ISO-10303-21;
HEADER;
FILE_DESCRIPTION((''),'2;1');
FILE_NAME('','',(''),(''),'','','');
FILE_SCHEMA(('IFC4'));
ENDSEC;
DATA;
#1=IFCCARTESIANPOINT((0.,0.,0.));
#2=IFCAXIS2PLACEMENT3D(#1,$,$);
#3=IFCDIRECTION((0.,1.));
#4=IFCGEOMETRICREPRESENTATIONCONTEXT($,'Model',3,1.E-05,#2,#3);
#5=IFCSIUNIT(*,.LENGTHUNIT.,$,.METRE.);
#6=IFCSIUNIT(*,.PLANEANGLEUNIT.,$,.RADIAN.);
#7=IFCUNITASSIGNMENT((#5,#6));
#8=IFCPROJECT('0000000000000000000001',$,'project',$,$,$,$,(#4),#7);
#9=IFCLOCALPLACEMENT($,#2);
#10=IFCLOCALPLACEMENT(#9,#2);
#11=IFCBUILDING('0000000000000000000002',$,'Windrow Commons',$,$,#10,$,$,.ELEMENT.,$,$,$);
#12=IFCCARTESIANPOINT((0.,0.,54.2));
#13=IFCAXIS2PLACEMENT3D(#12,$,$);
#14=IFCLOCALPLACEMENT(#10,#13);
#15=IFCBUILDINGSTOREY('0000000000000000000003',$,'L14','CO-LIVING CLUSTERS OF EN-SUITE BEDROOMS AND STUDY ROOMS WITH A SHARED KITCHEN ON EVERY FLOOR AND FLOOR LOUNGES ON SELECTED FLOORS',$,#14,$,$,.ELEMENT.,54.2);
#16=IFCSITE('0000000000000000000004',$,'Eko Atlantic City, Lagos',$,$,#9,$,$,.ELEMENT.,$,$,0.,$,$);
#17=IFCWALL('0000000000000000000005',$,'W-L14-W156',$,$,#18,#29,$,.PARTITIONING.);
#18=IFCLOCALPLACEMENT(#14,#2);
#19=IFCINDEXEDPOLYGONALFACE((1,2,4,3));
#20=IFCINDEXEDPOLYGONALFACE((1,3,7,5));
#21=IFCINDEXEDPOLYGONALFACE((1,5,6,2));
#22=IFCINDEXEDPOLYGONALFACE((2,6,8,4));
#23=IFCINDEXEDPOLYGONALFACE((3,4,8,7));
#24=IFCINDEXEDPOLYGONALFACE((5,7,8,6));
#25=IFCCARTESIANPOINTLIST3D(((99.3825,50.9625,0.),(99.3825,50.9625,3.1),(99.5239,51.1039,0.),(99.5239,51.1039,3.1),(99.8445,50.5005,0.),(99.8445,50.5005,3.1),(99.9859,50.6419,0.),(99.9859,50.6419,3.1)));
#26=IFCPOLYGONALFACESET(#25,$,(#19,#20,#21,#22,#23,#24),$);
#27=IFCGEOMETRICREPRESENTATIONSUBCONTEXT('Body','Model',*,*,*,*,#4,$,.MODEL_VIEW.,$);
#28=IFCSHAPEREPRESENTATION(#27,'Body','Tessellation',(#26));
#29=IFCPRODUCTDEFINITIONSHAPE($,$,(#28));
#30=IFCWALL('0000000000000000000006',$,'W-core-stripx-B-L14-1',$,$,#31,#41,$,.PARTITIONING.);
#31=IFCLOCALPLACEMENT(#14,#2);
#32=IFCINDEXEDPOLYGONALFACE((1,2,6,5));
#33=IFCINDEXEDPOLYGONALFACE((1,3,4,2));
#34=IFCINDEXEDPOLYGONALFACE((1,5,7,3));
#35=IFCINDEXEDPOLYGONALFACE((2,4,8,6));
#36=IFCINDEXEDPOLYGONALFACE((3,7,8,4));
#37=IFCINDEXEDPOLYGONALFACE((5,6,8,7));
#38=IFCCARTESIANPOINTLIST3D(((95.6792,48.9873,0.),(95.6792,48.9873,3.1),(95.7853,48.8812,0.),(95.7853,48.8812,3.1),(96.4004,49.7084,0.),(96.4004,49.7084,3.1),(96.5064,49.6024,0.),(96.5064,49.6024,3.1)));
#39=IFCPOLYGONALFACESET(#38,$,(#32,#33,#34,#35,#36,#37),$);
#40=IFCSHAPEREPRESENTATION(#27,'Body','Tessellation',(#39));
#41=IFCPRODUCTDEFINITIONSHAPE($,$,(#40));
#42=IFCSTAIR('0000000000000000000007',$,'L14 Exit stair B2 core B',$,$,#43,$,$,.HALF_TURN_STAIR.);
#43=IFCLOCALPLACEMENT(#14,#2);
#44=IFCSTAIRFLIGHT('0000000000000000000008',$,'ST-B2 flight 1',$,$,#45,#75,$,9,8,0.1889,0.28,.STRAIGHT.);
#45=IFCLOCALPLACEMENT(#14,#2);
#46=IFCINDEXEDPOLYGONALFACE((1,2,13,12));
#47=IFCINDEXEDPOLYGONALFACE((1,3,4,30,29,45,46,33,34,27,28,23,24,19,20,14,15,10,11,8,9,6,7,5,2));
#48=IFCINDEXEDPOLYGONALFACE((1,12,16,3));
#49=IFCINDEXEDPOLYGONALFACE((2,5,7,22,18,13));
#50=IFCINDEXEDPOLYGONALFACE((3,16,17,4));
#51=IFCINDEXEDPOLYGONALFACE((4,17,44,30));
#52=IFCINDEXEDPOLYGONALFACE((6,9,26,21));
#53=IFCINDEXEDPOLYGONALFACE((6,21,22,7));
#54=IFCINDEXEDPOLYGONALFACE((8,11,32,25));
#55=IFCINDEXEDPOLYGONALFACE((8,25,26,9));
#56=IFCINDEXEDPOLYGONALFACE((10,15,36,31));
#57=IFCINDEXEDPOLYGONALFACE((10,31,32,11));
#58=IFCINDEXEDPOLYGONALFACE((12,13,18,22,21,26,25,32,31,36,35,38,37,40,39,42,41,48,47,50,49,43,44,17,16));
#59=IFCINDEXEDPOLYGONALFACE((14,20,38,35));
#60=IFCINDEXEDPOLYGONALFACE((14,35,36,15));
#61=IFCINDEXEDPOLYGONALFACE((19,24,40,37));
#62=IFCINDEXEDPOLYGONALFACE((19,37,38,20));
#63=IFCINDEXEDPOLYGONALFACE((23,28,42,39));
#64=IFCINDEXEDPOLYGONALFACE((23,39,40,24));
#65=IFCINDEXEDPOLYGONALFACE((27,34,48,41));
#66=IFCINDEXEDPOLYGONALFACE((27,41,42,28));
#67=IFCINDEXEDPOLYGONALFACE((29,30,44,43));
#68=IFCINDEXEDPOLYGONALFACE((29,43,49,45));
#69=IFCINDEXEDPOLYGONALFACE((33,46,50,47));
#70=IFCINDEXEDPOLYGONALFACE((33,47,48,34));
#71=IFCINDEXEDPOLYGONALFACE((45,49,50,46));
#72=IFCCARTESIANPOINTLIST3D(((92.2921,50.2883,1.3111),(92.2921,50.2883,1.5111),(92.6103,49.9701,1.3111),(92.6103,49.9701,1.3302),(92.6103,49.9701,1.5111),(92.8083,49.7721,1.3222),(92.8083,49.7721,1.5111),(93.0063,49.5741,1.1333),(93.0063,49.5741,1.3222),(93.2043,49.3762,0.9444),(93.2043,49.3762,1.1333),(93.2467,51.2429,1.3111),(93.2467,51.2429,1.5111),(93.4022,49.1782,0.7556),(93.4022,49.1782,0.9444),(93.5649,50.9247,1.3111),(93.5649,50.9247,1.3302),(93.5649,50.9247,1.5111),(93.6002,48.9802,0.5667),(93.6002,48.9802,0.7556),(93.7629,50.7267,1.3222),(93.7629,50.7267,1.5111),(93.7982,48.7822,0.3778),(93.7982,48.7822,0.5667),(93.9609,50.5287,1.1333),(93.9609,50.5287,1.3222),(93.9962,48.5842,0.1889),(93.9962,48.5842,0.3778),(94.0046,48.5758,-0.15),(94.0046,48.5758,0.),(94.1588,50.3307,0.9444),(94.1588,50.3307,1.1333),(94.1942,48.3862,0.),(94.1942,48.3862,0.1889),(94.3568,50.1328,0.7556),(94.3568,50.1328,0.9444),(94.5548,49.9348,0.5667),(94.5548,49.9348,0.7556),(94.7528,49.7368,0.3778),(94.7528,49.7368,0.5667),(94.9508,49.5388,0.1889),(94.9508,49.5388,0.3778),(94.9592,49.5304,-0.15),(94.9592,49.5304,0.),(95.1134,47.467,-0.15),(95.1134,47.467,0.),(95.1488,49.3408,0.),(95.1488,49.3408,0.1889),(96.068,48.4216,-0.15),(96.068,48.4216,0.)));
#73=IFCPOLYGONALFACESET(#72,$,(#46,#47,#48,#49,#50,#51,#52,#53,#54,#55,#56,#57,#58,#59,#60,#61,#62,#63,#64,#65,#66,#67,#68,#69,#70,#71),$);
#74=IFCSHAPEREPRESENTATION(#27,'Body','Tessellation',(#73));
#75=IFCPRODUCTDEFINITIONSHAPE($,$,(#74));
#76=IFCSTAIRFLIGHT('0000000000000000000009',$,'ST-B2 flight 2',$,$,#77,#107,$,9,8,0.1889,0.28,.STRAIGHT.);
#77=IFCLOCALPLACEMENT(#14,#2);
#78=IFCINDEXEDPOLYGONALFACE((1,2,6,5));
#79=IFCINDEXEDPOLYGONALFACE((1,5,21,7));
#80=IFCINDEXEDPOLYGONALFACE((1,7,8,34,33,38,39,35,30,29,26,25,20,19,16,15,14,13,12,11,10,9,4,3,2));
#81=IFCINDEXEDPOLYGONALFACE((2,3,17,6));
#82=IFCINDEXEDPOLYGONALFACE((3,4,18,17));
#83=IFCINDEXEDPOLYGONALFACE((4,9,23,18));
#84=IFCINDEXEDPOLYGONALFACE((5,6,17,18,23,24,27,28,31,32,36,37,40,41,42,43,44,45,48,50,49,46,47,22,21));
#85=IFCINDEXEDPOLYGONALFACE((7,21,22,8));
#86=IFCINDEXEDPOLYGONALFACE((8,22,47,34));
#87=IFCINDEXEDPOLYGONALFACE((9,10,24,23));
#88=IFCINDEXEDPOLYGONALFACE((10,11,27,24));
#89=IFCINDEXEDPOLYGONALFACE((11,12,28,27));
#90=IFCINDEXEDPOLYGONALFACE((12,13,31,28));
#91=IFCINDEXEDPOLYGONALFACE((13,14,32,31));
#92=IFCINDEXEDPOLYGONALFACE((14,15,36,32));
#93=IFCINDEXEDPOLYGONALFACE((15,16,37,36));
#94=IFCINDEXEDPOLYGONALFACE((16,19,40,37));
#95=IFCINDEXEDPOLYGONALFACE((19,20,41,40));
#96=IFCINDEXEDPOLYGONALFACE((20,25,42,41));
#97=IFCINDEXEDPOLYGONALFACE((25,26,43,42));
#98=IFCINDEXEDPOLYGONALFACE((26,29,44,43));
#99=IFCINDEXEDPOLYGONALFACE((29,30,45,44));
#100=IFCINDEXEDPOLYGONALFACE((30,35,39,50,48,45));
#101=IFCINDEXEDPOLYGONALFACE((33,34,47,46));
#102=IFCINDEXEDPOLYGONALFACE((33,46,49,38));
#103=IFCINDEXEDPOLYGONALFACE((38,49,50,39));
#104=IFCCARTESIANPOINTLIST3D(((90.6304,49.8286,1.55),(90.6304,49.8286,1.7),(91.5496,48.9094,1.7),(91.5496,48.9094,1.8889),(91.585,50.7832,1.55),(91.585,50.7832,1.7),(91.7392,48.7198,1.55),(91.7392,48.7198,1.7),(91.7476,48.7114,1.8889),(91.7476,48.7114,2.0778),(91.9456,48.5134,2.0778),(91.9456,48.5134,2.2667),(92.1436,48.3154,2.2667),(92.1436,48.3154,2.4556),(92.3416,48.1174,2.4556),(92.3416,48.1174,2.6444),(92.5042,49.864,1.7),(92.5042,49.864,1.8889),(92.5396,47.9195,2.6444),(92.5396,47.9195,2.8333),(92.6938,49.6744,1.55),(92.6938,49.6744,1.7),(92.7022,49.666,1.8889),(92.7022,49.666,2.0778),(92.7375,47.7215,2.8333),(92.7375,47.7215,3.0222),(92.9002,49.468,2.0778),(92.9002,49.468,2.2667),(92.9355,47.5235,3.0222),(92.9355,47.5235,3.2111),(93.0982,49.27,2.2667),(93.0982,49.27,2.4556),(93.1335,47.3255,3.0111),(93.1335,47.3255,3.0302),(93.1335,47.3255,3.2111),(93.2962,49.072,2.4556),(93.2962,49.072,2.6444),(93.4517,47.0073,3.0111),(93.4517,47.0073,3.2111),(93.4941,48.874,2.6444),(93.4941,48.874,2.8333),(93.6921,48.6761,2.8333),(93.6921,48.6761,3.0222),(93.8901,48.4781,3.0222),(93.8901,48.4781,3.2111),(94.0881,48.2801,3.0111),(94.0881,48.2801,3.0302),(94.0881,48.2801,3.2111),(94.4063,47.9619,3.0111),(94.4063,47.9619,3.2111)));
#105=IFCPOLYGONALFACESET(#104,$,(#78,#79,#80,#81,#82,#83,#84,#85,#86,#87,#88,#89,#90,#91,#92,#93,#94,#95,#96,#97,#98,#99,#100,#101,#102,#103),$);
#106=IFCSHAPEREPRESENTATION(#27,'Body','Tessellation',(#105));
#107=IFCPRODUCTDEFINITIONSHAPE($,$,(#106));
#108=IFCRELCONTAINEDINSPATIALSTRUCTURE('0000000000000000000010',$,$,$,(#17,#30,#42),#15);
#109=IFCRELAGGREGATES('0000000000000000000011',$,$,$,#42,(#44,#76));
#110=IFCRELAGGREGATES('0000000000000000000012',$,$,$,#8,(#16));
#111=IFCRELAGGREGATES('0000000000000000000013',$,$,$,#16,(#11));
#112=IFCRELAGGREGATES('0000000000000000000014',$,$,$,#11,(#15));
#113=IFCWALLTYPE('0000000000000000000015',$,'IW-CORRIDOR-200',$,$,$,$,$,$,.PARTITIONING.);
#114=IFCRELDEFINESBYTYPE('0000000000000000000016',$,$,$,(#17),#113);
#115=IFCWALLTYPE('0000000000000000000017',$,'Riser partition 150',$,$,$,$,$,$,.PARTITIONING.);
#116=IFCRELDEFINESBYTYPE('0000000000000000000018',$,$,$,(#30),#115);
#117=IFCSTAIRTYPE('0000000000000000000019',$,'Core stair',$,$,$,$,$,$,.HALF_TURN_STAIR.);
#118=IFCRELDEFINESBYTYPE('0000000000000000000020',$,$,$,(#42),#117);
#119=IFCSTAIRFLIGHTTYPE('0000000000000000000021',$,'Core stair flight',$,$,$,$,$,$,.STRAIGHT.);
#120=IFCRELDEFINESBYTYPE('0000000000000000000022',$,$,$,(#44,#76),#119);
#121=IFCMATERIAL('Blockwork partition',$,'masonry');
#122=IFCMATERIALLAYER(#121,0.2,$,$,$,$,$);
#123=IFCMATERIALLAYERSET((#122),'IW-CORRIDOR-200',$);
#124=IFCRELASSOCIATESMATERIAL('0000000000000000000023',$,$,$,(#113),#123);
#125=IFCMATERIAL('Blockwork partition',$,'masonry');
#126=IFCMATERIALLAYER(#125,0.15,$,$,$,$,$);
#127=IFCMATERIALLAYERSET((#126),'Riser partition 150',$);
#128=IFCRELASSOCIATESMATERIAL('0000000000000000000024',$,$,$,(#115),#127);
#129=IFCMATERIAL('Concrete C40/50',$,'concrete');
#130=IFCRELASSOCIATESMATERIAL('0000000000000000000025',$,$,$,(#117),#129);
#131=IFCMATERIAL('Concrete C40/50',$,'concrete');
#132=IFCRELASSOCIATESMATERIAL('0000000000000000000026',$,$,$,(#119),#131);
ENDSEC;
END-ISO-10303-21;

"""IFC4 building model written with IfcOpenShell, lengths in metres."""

from ifc_helpers import new_model, si_unit, direction, frame, frame_2d, origin, place, context, subcontext, project, spatial, polyline, rectangle, outline, extrude, material, layer, layer_set, type_object, element, aggregate, save


model = new_model("IFC4")

# Units and contexts
model_context = context("Model", 3, precision=1e-05, world=origin(), true_north=direction((0.0, 1.0)))
body_context = subcontext(model_context, "Body", "Model", "MODEL_VIEW")
ifc_project = project(units=[si_unit("LENGTHUNIT", "METRE"), si_unit("PLANEANGLEUNIT", "RADIAN")], contexts=[model_context])

# Site, building, storey
site_placement = place(None, origin())
site = spatial("IfcSite", under=ifc_project, at=site_placement, Name="Eko Atlantic City, Lagos", CompositionType="ELEMENT", RefElevation=0.0)
building_placement = place(site_placement, origin())
building = spatial("IfcBuilding", under=site, at=building_placement, Name="Windrow Commons", CompositionType="ELEMENT")
storey_placement = place(building_placement, frame((0.0, 0.0, 54.2)))
storey = spatial("IfcBuildingStorey", under=building, at=storey_placement, Name="L14", Description="CO-LIVING CLUSTERS OF EN-SUITE BEDROOMS AND STUDY ROOMS WITH A SHARED KITCHEN ON EVERY FLOOR AND FLOOR LOUNGES ON SELECTED FLOORS", CompositionType="ELEMENT", Elevation=54.2)

# Walls
ifc_material_1 = material(Name="Blockwork partition", Category="masonry")
ifc_layer_1 = layer(ifc_material_1, 0.2)
ifc_layer_set_1 = layer_set([ifc_layer_1], Name="IW-CORRIDOR-200")
wall_type_1 = type_object("IfcWallType", Name="IW-CORRIDOR-200", PredefinedType="PARTITIONING", material=ifc_layer_set_1)
wall_1_placement = place(storey_placement, frame((99.4532, 51.0332, 0.0), z_axis=(0.0, 0.0, 1.0), x_axis=(0.707107, -0.707107, 0.0)))
element("IfcWall", 1, at=wall_1_placement, inside=storey, type_object=wall_type_1, Name="W-L14-W156", PredefinedType="PARTITIONING", context=body_context, shape_type="SweptSolid", body=[
    extrude(rectangle(XDim=0.6534, YDim=0.2, at=frame_2d((0.3267, 0.0))), origin(), (0.0, 0.0, 1.0), 3.1),
])
ifc_material_2 = material(Name="Blockwork partition", Category="masonry")
ifc_layer_2 = layer(ifc_material_2, 0.15)
ifc_layer_set_2 = layer_set([ifc_layer_2], Name="Riser partition 150")
wall_type_2 = type_object("IfcWallType", Name="Riser partition 150", PredefinedType="PARTITIONING", material=ifc_layer_set_2)
wall_2_placement = place(storey_placement, frame((95.7322, 48.9342, 0.0), z_axis=(0.0, 0.0, 1.0), x_axis=(0.707107, 0.707107, 0.0)))
element("IfcWall", 2, at=wall_2_placement, inside=storey, type_object=wall_type_2, Name="W-core-stripx-B-L14-1", PredefinedType="PARTITIONING", context=body_context, shape_type="SweptSolid", body=[
    extrude(rectangle(XDim=1.0199, YDim=0.15, at=frame_2d((0.51, 0.0))), origin(), (0.0, 0.0, 1.0), 3.1),
])

# Stair, stair flights
ifc_material_3 = material(Name="Concrete C40/50", Category="concrete")
stair_type = type_object("IfcStairType", Name="Core stair", PredefinedType="HALF_TURN_STAIR", material=ifc_material_3)
stair_placement = place(storey_placement, origin())
stair = element("IfcStair", 3, at=stair_placement, inside=storey, type_object=stair_type, Name="L14 Exit stair B2 core B", PredefinedType="HALF_TURN_STAIR")
ifc_material_4 = material(Name="Concrete C40/50", Category="concrete")
stair_flight_type = type_object("IfcStairFlightType", Name="Core stair flight", PredefinedType="STRAIGHT", material=ifc_material_4)
stair_flight_1_placement = place(storey_placement, frame((94.6715, 48.8635, 0.0), z_axis=(0.0, 0.0, 1.0), x_axis=(-0.707107, 0.707107, 0.0)))
stair_flight_1 = element("IfcStairFlight", 4, at=stair_flight_1_placement, type_object=stair_flight_type, Name="ST-B2 flight 1", NumberOfRisers=9, NumberOfTreads=8, PredefinedType="STRAIGHT", RiserHeight=0.1889, TreadLength=0.28, context=body_context, shape_type="SweptSolid", body=[
    extrude(outline(polyline([(-1.3, -0.15), (-1.3, 0.0), (0.0, 0.0), (0.0, 0.1889), (0.28, 0.1889), (0.28, 0.3778), (0.56, 0.3778), (0.56, 0.5667), (0.84, 0.5667), (0.84, 0.7556), (1.12, 0.7556), (1.12, 0.9444), (1.4, 0.9444), (1.4, 1.1333), (1.68, 1.1333), (1.68, 1.3222), (1.96, 1.3222), (1.96, 1.5111), (2.24, 1.5111), (2.69, 1.5111), (2.69, 1.3111), (2.24, 1.3111), (2.24, 1.3302), (0.2682, 0.0), (0.2682, -0.15), (-1.3, -0.15)])), frame((0.0, 0.675, 0.0), z_axis=(0.0, -1.0, 0.0), x_axis=(1.0, 0.0, 0.0)), (0.0, 0.0, 1.0), 1.35),
])
stair_flight_2_placement = place(storey_placement, frame((92.0269, 49.3867, 1.7), z_axis=(0.0, 0.0, 1.0), x_axis=(0.707107, -0.707107, 0.0)))
stair_flight_2 = element("IfcStairFlight", 5, at=stair_flight_2_placement, type_object=stair_flight_type, Name="ST-B2 flight 2", NumberOfRisers=9, NumberOfTreads=8, PredefinedType="STRAIGHT", RiserHeight=0.1889, TreadLength=0.28, context=body_context, shape_type="SweptSolid", body=[
    extrude(outline(polyline([(-1.3, -0.15), (-1.3, 0.0), (0.0, 0.0), (0.0, 0.1889), (0.28, 0.1889), (0.28, 0.3778), (0.56, 0.3778), (0.56, 0.5667), (0.84, 0.5667), (0.84, 0.7556), (1.12, 0.7556), (1.12, 0.9444), (1.4, 0.9444), (1.4, 1.1333), (1.68, 1.1333), (1.68, 1.3222), (1.96, 1.3222), (1.96, 1.5111), (2.24, 1.5111), (2.69, 1.5111), (2.69, 1.3111), (2.24, 1.3111), (2.24, 1.3302), (0.2682, 0.0), (0.2682, -0.15), (-1.3, -0.15)])), frame((0.0, 0.675, 0.0), z_axis=(0.0, -1.0, 0.0), x_axis=(1.0, 0.0, 0.0)), (0.0, 0.0, 1.0), 1.35),
])
aggregate(stair, [stair_flight_1, stair_flight_2])

save(model, "model.ifc")
